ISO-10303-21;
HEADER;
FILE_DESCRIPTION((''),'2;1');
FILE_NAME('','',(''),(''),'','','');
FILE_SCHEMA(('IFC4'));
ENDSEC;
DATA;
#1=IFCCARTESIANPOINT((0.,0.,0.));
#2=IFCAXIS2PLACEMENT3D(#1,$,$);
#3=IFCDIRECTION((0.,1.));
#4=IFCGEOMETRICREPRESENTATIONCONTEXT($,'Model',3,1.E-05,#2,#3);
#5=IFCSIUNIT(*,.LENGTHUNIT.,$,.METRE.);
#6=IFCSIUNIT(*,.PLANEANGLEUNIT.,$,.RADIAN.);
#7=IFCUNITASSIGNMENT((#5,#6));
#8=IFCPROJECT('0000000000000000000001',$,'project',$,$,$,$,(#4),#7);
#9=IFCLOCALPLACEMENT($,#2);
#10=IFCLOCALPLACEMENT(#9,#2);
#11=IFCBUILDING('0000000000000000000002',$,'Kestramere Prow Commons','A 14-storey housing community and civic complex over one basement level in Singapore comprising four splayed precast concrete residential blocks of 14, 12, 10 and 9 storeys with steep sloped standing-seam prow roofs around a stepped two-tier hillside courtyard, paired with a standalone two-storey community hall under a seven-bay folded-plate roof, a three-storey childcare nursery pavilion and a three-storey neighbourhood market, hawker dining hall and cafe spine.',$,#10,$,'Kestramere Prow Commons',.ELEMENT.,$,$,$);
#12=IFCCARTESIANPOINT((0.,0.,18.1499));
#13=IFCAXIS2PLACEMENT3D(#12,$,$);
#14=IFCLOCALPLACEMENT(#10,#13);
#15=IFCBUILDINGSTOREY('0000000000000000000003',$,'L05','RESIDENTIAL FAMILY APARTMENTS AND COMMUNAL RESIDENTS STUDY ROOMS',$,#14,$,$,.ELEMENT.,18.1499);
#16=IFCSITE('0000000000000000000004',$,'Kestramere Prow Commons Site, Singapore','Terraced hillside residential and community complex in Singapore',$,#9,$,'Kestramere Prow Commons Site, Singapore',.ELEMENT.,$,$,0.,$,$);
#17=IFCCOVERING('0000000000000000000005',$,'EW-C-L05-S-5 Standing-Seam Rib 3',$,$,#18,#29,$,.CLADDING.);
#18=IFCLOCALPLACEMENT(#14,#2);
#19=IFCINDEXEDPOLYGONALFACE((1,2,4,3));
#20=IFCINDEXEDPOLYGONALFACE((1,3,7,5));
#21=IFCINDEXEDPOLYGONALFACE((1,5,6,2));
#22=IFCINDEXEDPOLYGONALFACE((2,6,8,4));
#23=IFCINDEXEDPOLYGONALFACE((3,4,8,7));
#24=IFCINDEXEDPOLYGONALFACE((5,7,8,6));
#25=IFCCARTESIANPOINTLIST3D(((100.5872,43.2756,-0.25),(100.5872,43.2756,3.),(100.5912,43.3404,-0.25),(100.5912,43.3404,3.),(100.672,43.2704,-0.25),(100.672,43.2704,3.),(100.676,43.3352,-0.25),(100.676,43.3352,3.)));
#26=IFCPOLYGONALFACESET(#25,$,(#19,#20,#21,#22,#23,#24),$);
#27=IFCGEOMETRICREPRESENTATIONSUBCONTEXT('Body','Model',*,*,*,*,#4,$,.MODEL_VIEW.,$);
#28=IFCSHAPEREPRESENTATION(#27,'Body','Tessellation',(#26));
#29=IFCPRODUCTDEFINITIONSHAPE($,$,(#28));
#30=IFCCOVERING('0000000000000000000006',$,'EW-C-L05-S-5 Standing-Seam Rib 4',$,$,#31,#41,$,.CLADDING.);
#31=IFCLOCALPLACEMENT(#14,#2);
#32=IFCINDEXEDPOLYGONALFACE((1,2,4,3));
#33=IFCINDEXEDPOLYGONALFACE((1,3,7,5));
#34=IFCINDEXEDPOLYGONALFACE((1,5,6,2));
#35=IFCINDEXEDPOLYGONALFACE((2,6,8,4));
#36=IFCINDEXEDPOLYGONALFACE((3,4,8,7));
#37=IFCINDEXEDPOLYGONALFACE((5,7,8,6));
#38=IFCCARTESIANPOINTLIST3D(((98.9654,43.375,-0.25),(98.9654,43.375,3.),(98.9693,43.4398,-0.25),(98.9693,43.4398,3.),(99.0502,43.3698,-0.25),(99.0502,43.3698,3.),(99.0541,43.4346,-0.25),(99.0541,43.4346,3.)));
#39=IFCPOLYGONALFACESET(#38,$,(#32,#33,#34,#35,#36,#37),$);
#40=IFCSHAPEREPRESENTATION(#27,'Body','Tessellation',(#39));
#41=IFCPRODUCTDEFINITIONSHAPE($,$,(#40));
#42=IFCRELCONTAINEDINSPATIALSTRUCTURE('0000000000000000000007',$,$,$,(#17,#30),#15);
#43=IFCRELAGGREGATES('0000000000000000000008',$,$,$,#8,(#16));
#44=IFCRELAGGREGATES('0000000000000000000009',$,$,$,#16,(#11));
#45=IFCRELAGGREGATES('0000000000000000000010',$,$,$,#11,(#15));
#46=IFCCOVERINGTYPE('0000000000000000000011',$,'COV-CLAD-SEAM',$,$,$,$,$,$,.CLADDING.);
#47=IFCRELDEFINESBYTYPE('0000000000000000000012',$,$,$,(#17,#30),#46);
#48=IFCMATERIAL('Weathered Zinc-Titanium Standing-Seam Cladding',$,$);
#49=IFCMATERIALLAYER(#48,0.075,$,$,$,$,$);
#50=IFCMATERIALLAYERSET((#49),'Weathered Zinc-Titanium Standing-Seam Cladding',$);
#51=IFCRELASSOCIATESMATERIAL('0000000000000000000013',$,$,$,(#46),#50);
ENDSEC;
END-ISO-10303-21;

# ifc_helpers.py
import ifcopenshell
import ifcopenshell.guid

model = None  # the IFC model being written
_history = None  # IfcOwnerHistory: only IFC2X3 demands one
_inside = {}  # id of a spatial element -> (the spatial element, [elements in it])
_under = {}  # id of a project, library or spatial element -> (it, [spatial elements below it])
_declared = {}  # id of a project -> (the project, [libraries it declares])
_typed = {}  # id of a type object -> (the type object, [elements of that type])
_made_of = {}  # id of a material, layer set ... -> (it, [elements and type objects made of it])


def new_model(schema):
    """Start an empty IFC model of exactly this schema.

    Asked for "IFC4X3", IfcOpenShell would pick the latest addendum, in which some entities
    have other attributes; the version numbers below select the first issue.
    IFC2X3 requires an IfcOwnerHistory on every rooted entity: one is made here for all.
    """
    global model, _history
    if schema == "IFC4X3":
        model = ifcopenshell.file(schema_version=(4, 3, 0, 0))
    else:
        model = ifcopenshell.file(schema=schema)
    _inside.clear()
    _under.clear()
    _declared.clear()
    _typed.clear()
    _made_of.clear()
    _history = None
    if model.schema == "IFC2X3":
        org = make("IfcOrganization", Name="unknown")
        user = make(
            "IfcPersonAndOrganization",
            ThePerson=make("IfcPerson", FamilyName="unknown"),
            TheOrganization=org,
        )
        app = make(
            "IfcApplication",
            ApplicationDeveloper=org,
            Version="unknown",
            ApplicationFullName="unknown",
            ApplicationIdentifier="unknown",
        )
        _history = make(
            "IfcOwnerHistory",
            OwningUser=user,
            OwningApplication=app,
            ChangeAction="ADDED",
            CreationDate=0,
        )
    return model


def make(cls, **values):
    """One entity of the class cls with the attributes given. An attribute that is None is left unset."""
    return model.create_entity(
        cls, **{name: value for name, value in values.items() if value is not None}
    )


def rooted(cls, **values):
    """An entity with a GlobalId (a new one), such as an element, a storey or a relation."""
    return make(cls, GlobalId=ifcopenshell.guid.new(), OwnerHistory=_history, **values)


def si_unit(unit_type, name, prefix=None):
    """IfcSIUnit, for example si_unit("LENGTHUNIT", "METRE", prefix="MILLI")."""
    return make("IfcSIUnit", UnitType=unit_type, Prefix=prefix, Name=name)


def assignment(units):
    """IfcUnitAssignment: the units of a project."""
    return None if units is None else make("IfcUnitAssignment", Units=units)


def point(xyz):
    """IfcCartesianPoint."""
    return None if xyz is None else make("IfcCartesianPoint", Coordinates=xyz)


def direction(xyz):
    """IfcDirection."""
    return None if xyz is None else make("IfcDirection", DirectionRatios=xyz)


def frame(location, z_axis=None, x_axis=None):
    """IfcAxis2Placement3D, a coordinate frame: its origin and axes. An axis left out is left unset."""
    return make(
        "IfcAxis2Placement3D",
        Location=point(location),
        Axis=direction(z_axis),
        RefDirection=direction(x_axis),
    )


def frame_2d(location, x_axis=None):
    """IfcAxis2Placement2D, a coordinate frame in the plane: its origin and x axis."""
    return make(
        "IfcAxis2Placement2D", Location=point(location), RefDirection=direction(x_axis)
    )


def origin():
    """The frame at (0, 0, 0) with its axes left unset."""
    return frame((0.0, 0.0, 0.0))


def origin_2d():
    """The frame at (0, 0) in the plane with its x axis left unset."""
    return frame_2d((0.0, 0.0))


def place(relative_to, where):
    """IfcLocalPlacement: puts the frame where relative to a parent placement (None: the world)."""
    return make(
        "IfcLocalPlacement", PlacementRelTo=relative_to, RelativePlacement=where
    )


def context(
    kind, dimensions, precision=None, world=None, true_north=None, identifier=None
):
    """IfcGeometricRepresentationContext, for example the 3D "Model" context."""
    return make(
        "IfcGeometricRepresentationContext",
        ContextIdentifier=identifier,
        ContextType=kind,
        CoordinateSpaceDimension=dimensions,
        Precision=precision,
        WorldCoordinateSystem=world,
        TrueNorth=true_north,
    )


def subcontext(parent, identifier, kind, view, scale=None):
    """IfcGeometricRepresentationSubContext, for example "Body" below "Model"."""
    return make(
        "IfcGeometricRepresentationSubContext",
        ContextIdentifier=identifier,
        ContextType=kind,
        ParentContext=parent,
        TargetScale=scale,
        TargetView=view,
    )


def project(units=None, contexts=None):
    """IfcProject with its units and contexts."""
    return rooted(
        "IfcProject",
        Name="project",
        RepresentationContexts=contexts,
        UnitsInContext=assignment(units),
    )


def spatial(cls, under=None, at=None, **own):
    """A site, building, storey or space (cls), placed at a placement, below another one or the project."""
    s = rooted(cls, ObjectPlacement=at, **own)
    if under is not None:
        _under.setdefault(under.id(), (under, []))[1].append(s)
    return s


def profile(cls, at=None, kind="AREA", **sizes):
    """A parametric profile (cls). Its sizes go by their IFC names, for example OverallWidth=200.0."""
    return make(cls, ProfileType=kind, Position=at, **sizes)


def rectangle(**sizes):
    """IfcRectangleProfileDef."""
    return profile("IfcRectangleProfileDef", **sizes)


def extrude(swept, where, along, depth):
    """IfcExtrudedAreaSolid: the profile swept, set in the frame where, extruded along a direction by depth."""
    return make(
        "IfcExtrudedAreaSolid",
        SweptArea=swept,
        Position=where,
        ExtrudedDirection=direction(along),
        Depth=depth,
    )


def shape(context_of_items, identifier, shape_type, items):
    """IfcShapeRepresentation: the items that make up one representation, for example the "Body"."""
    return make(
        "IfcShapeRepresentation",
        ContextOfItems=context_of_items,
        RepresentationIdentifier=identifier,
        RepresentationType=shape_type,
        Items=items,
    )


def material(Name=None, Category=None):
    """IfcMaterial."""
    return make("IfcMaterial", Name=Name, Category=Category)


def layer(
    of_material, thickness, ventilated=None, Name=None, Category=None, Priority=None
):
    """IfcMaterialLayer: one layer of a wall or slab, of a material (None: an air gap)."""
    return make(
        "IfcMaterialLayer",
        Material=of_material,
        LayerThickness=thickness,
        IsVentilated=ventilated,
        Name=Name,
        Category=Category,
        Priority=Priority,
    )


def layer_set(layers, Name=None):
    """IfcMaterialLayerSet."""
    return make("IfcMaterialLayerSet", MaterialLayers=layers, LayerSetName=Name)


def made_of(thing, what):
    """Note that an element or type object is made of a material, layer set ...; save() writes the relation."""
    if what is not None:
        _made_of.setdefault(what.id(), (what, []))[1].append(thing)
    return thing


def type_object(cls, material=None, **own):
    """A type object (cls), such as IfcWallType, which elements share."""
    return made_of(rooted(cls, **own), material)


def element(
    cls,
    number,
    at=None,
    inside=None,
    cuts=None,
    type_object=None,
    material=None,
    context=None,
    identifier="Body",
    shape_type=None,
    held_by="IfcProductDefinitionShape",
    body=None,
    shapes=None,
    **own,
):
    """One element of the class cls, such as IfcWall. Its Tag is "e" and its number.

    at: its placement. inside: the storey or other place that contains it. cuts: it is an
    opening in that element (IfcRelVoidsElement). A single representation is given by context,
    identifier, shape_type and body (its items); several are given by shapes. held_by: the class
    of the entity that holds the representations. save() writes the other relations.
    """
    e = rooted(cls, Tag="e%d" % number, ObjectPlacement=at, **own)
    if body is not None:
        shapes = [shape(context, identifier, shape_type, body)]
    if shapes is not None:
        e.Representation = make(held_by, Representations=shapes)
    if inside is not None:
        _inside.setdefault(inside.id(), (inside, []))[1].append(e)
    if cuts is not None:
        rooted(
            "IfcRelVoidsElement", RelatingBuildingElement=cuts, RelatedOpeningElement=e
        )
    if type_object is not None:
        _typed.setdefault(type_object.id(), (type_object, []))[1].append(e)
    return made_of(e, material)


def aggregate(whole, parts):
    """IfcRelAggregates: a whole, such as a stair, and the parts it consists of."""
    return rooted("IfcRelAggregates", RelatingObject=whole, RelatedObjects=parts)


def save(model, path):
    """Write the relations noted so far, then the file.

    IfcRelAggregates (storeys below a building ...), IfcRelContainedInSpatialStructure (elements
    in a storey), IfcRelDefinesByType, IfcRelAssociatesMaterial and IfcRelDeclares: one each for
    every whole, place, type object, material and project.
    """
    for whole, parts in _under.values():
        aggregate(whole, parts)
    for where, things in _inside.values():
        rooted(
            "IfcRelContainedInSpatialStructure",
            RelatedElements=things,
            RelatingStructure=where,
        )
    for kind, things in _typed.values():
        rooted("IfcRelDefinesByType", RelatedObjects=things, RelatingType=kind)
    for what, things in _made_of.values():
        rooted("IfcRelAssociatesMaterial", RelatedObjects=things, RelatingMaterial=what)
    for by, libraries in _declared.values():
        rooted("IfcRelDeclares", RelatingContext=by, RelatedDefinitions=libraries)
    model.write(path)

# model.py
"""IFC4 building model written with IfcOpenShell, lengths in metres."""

from ifc_helpers import new_model, si_unit, direction, frame, origin, origin_2d, place, context, subcontext, project, spatial, rectangle, extrude, material, layer, layer_set, type_object, element, save


model = new_model("IFC4")

# Units and contexts
model_context = context("Model", 3, precision=1e-05, world=origin(), true_north=direction((0.0, 1.0)))
body_context = subcontext(model_context, "Body", "Model", "MODEL_VIEW")
ifc_project = project(units=[si_unit("LENGTHUNIT", "METRE"), si_unit("PLANEANGLEUNIT", "RADIAN")], contexts=[model_context])

# Site, building, storey
site_placement = place(None, origin())
site = spatial("IfcSite", under=ifc_project, at=site_placement, Name="Kestramere Prow Commons Site, Singapore", Description="Terraced hillside residential and community complex in Singapore", LongName="Kestramere Prow Commons Site, Singapore", CompositionType="ELEMENT", RefElevation=0.0)
building_placement = place(site_placement, origin())
building = spatial("IfcBuilding", under=site, at=building_placement, Name="Kestramere Prow Commons", Description="A 14-storey housing community and civic complex over one basement level in Singapore comprising four splayed precast concrete residential blocks of 14, 12, 10 and 9 storeys with steep sloped standing-seam prow roofs around a stepped two-tier hillside courtyard, paired with a standalone two-storey community hall under a seven-bay folded-plate roof, a three-storey childcare nursery pavilion and a three-storey neighbourhood market, hawker dining hall and cafe spine.", LongName="Kestramere Prow Commons", CompositionType="ELEMENT")
storey_placement = place(building_placement, frame((0.0, 0.0, 18.1499)))
storey = spatial("IfcBuildingStorey", under=building, at=storey_placement, Name="L05", Description="RESIDENTIAL FAMILY APARTMENTS AND COMMUNAL RESIDENTS STUDY ROOMS", CompositionType="ELEMENT", Elevation=18.1499)

# Coverings
ifc_material_1 = material(Name="Weathered Zinc-Titanium Standing-Seam Cladding")
ifc_layer_1 = layer(ifc_material_1, 0.075)
ifc_layer_set_1 = layer_set([ifc_layer_1], Name="Weathered Zinc-Titanium Standing-Seam Cladding")
covering_type = type_object("IfcCoveringType", Name="COV-CLAD-SEAM", PredefinedType="CLADDING", material=ifc_layer_set_1)
for number, where, z_axis, x_axis, name in (
    (1, (100.6316, 43.3054, -0.25), (0.0, 0.0, 1.0), (-0.998135, 0.061049, 0.0), "EW-C-L05-S-5 Standing-Seam Rib 3"),
    (2, (99.0098, 43.4048, -0.25), (0.0, 0.0, 1.0), (-0.998135, 0.061049, 0.0), "EW-C-L05-S-5 Standing-Seam Rib 4"),
):
    element("IfcCovering", number, at=place(storey_placement, frame(where, z_axis=z_axis, x_axis=x_axis)), inside=storey, type_object=covering_type, Name=name, PredefinedType="CLADDING", context=body_context, shape_type="SweptSolid", body=[
        extrude(rectangle(XDim=0.085, YDim=0.0649, at=origin_2d()), origin(), (0.0, 0.0, 1.0), 3.25),
    ])

save(model, "model.ifc")
